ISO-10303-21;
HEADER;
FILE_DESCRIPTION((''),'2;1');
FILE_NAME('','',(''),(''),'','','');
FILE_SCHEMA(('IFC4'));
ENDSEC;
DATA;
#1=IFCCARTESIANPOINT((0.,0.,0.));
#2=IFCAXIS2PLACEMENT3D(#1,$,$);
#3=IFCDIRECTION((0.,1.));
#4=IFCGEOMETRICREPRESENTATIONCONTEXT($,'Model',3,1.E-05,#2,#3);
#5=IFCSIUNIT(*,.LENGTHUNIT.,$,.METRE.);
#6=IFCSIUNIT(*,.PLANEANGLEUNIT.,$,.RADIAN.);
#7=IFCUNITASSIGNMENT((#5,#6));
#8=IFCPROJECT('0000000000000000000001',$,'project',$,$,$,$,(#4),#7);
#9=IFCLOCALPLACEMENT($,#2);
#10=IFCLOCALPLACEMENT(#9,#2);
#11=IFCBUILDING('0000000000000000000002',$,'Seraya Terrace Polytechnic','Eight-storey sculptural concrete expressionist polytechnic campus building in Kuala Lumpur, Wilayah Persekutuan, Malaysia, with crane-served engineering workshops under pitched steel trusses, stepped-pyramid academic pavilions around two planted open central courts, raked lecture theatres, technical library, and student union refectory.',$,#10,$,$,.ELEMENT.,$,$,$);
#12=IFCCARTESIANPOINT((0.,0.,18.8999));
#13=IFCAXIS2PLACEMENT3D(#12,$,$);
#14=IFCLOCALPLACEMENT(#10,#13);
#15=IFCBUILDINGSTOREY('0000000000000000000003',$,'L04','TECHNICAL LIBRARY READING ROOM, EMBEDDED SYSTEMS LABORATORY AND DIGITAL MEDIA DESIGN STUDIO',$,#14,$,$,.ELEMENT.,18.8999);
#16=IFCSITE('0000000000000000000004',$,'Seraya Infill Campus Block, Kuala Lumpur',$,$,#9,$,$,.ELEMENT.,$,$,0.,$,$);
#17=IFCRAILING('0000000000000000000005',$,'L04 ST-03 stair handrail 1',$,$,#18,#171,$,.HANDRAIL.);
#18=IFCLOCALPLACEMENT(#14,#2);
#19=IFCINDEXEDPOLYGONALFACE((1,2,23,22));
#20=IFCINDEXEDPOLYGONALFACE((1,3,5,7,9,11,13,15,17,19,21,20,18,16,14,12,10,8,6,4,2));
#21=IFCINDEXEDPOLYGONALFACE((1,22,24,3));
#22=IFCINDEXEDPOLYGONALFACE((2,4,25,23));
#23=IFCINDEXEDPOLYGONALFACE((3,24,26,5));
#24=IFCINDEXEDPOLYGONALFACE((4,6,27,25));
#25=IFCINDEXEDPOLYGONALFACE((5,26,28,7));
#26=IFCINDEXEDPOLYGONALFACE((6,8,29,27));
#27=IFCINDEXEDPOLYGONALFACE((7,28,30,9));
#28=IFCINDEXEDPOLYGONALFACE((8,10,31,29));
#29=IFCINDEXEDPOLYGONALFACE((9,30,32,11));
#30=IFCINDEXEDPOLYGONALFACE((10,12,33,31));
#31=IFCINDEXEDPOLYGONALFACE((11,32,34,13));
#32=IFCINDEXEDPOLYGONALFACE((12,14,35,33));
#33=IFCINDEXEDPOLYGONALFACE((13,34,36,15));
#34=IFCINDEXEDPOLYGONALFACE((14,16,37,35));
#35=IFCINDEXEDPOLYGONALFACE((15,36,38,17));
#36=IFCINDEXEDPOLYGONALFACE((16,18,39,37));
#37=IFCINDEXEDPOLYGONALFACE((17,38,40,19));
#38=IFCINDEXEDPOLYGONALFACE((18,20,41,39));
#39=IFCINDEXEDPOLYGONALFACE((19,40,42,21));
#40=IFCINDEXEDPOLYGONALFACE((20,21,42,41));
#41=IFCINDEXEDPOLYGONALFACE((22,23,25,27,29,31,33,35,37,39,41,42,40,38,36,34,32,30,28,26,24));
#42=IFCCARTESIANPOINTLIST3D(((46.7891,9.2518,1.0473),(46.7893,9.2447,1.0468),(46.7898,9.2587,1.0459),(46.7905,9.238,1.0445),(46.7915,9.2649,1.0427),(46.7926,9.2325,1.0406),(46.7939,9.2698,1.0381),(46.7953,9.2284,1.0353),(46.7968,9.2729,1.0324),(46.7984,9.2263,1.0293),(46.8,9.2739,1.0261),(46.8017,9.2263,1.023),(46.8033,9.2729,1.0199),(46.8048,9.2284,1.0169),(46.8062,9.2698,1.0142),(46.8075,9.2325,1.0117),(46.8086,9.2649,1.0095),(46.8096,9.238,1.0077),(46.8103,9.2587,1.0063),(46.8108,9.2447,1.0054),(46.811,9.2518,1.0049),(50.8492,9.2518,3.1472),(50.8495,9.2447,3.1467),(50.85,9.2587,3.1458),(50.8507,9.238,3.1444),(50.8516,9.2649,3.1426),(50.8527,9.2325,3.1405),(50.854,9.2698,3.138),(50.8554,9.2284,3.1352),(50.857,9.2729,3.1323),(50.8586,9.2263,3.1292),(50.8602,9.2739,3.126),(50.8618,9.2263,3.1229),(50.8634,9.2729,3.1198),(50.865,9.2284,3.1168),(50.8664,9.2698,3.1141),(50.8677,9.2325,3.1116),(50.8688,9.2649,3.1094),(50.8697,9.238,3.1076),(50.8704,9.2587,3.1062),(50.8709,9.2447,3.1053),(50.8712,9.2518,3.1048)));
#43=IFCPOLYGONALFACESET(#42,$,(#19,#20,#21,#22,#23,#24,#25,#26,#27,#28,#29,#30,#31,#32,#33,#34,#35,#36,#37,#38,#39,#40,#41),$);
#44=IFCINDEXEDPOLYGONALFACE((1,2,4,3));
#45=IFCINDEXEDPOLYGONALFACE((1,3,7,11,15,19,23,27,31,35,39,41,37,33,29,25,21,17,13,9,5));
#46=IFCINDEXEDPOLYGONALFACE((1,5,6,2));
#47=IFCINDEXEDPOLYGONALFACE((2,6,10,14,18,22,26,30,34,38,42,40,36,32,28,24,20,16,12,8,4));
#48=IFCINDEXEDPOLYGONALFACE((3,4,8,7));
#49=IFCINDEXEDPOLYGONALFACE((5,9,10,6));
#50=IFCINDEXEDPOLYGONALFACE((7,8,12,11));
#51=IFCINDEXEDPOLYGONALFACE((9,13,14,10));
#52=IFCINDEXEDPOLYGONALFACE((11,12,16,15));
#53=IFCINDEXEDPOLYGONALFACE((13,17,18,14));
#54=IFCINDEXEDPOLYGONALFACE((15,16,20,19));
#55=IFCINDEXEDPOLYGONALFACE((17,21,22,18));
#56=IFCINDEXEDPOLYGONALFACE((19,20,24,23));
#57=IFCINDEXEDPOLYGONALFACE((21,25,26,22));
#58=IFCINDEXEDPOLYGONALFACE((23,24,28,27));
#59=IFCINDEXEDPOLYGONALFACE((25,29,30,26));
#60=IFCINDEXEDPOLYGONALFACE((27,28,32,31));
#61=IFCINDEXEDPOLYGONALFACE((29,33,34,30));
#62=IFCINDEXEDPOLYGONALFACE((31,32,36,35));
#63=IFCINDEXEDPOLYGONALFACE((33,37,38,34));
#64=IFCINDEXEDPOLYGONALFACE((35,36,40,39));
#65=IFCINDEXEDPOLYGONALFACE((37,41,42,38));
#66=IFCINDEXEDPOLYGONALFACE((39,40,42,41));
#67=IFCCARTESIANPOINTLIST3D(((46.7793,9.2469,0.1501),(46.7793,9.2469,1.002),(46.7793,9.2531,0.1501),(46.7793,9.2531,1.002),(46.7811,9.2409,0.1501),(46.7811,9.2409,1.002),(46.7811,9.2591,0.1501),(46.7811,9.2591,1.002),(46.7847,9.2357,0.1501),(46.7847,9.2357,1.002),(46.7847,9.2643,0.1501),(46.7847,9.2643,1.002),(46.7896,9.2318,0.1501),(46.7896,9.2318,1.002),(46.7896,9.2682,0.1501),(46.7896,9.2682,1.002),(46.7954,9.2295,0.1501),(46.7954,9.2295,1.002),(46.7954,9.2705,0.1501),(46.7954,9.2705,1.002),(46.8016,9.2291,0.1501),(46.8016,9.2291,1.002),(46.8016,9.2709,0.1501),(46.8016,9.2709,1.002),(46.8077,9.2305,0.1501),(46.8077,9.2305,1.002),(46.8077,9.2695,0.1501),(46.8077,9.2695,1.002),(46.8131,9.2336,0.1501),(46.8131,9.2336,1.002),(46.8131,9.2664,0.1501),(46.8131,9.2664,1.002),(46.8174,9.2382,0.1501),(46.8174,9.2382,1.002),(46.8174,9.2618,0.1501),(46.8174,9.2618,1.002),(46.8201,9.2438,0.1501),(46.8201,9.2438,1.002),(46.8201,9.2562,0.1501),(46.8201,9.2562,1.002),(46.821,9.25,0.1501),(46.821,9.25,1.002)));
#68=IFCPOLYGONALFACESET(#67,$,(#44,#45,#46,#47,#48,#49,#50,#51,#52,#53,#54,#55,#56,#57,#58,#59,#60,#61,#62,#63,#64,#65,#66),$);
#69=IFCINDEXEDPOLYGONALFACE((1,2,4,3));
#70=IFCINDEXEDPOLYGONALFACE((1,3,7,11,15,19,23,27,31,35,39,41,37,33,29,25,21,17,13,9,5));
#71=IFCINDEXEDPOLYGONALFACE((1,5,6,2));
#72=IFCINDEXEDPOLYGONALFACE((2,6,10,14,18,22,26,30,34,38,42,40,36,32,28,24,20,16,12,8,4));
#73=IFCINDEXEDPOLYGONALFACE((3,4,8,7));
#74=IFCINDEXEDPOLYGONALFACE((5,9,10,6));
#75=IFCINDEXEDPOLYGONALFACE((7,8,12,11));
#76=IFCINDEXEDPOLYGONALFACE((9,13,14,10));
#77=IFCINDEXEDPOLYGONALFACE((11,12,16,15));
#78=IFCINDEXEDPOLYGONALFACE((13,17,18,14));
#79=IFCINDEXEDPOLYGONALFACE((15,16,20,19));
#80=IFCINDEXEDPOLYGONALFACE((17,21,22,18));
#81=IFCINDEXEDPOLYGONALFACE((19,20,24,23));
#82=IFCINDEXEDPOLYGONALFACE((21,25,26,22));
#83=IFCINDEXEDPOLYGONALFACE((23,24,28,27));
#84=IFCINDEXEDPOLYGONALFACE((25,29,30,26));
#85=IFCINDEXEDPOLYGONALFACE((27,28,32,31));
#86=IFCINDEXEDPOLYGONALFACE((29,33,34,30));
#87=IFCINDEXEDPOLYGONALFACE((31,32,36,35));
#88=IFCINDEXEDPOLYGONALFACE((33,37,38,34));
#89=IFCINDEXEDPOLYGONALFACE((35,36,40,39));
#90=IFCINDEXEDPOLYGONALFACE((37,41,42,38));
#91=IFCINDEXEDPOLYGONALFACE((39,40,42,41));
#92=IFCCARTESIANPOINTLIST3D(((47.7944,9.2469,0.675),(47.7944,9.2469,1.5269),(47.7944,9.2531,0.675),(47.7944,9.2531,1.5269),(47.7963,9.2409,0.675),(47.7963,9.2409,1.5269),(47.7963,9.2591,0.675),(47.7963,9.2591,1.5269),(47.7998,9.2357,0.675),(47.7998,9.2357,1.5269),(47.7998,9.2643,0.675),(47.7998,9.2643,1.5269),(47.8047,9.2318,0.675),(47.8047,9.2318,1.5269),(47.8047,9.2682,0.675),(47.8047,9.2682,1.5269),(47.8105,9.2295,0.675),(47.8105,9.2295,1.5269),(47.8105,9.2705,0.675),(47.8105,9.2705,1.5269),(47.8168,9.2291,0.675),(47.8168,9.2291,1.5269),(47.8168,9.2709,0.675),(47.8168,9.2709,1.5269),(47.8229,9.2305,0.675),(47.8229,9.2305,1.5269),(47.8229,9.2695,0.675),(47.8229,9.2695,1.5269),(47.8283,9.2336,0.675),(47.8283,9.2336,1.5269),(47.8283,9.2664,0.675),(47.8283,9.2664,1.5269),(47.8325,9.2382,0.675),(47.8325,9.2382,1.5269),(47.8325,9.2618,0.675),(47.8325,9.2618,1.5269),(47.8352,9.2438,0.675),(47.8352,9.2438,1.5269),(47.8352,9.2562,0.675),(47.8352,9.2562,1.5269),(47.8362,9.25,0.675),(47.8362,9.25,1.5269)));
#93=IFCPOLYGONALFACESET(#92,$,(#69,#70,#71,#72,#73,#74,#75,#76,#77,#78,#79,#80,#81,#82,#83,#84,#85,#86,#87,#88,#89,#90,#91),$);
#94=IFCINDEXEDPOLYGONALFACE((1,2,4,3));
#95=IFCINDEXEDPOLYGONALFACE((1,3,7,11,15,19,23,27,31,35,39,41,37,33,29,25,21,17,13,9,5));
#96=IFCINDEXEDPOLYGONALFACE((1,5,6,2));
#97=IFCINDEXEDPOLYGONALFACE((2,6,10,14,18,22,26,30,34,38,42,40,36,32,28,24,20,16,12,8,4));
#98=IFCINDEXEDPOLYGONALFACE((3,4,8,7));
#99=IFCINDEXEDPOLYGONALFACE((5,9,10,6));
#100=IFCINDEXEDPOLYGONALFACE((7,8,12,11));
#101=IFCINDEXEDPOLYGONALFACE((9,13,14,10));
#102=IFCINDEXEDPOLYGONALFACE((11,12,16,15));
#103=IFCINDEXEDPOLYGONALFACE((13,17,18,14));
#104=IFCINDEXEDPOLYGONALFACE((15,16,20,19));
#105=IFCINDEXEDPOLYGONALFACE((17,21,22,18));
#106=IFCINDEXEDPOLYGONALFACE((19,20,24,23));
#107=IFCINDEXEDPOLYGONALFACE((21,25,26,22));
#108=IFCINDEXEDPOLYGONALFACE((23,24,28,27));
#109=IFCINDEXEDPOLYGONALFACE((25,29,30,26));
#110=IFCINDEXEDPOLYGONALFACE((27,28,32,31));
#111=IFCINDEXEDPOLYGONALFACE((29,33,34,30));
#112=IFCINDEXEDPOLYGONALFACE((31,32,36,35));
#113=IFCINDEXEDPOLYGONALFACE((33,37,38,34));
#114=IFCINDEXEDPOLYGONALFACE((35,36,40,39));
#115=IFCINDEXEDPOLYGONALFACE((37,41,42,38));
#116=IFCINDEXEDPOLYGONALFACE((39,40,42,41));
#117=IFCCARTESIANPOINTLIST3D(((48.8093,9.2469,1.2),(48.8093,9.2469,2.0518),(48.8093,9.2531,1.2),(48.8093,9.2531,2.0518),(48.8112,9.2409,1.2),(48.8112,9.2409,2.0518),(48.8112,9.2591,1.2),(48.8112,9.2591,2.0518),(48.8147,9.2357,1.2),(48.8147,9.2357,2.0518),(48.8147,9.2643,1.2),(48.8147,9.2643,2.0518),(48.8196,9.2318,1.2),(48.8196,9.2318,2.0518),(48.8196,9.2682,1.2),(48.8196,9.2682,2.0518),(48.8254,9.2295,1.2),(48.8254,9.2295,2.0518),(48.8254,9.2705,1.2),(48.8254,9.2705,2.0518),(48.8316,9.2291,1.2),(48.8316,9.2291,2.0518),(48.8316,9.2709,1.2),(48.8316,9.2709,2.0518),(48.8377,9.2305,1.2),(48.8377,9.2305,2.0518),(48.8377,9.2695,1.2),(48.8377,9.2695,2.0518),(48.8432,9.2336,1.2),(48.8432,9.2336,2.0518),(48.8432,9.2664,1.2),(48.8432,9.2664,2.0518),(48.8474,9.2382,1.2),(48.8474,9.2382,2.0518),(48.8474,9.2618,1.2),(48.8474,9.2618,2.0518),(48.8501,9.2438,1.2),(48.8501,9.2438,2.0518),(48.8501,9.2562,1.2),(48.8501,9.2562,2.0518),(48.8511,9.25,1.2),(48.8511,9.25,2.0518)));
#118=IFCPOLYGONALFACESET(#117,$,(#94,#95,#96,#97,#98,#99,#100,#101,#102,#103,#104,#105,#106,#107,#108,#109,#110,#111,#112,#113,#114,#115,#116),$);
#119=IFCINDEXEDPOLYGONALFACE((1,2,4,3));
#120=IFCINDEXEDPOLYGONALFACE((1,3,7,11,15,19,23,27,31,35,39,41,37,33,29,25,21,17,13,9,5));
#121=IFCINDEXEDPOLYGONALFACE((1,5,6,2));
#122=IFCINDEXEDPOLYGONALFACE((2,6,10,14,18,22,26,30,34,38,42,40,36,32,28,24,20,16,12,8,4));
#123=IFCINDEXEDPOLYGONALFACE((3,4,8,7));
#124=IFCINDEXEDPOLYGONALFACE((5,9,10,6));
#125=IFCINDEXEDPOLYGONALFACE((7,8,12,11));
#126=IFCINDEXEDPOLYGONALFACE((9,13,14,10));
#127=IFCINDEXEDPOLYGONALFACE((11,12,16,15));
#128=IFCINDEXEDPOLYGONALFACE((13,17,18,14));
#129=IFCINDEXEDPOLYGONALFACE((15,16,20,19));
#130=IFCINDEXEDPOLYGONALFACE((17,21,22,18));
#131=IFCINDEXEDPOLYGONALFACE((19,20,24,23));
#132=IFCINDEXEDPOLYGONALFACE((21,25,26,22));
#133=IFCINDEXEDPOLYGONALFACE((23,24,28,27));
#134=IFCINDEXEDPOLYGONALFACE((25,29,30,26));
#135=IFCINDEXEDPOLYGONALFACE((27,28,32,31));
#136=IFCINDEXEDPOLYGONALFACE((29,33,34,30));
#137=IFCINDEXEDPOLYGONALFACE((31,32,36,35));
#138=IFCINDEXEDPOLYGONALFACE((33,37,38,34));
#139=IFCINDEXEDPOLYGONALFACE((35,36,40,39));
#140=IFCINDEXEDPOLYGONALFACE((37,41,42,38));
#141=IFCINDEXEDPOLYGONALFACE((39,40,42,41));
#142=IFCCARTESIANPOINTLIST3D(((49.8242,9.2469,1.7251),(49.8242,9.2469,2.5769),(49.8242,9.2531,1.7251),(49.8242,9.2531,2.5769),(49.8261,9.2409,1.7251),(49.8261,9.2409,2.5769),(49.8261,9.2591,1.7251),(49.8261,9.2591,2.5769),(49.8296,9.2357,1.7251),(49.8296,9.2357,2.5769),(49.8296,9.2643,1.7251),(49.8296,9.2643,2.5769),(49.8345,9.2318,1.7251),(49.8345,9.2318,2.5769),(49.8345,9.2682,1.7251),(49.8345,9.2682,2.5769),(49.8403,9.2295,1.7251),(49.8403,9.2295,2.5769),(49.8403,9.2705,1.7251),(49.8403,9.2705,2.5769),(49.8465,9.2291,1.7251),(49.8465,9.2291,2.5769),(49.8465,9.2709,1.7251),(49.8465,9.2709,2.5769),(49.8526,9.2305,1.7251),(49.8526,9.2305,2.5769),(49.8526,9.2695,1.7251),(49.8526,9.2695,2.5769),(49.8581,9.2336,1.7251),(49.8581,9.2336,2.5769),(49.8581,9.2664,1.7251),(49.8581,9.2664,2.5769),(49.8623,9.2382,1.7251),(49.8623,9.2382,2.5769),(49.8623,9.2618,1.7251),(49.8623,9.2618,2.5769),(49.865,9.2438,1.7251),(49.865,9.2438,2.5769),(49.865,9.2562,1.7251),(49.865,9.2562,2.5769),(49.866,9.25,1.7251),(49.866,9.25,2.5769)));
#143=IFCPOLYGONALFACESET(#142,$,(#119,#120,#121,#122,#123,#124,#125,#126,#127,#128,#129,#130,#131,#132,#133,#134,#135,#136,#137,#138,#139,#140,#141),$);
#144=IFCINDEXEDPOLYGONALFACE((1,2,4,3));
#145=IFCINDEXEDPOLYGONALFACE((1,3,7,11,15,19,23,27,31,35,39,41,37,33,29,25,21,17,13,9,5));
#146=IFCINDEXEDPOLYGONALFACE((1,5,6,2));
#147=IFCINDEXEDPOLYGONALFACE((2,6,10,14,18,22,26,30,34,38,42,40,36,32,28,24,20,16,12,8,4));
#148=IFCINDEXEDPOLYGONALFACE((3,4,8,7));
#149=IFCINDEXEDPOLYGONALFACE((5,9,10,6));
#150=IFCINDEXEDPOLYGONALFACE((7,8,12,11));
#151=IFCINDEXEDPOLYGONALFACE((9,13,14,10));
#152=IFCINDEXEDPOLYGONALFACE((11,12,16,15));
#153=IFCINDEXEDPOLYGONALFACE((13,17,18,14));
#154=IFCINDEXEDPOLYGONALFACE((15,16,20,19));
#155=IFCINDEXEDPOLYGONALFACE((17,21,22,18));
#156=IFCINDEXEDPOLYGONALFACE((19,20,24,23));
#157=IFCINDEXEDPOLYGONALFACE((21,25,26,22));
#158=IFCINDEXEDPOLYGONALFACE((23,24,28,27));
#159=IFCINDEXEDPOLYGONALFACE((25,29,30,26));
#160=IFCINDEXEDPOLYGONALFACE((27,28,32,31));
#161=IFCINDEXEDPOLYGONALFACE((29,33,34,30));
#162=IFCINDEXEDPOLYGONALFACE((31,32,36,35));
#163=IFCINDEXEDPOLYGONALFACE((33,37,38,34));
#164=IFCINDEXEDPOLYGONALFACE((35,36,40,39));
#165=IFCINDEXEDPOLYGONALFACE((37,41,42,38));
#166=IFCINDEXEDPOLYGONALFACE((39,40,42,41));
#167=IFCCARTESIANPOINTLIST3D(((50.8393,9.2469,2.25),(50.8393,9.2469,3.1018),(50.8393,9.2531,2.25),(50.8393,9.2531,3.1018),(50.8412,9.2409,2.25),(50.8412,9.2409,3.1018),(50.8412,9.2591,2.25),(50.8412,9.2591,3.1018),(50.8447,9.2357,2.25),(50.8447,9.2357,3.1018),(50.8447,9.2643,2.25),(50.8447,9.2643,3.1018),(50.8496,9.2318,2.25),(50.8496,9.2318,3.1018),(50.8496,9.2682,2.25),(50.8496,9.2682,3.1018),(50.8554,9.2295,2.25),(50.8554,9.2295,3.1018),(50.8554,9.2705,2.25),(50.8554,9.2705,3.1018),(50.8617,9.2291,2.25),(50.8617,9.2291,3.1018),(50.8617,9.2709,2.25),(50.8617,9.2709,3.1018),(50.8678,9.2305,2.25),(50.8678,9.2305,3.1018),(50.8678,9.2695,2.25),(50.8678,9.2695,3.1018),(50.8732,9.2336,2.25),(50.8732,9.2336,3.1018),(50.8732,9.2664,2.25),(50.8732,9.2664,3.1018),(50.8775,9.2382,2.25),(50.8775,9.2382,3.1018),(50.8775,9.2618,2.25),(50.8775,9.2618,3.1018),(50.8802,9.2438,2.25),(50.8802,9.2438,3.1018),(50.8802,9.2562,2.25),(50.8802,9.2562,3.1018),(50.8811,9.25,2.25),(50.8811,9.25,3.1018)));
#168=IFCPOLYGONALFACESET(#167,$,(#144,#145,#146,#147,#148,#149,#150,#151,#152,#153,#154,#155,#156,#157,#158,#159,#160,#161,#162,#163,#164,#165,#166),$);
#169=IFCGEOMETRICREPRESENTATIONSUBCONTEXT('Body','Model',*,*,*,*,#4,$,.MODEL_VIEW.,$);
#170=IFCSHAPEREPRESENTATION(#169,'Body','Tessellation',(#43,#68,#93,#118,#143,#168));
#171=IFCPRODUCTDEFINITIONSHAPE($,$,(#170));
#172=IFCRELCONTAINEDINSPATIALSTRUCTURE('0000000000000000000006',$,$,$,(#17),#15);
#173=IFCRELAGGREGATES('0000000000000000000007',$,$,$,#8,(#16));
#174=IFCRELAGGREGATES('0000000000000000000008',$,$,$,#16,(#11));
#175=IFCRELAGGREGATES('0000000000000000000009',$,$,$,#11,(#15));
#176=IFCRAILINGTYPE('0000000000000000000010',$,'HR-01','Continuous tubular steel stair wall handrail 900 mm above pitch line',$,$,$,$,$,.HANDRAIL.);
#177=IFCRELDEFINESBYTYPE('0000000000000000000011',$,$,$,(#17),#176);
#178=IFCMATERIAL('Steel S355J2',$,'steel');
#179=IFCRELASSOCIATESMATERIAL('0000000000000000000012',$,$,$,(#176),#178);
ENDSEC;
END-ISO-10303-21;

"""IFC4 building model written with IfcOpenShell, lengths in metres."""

from ifc_helpers import new_model, si_unit, direction, frame, origin, origin_2d, place, context, subcontext, project, spatial, circle, extrude, material, type_object, element, save


model = new_model("IFC4")

# Units and contexts
model_context = context("Model", 3, precision=1e-05, world=origin(), true_north=direction((0.0, 1.0)))
body_context = subcontext(model_context, "Body", "Model", "MODEL_VIEW")
ifc_project = project(units=[si_unit("LENGTHUNIT", "METRE"), si_unit("PLANEANGLEUNIT", "RADIAN")], contexts=[model_context])

# Site, building, storey
site_placement = place(None, origin())
site = spatial("IfcSite", under=ifc_project, at=site_placement, Name="Seraya Infill Campus Block, Kuala Lumpur", CompositionType="ELEMENT", RefElevation=0.0)
building_placement = place(site_placement, origin())
building = spatial("IfcBuilding", under=site, at=building_placement, Name="Seraya Terrace Polytechnic", Description="Eight-storey sculptural concrete expressionist polytechnic campus building in Kuala Lumpur, Wilayah Persekutuan, Malaysia, with crane-served engineering workshops under pitched steel trusses, stepped-pyramid academic pavilions around two planted open central courts, raked lecture theatres, technical library, and student union refectory.", CompositionType="ELEMENT")
storey_placement = place(building_placement, frame((0.0, 0.0, 18.8999)))
storey = spatial("IfcBuildingStorey", under=building, at=storey_placement, Name="L04", Description="TECHNICAL LIBRARY READING ROOM, EMBEDDED SYSTEMS LABORATORY AND DIGITAL MEDIA DESIGN STUDIO", CompositionType="ELEMENT", Elevation=18.8999)

# Shared definitions
ifc_material_1 = material(Name="Steel S355J2", Category="steel")

# Railing
railing_type = type_object("IfcRailingType", Name="HR-01", Description="Continuous tubular steel stair wall handrail 900 mm above pitch line", PredefinedType="HANDRAIL", material=ifc_material_1)
railing_placement = place(storey_placement, frame((46.8, 9.25, 0.1501)))
element("IfcRailing", 1, at=railing_placement, inside=storey, type_object=railing_type, Name="L04 ST-03 stair handrail 1", PredefinedType="HANDRAIL", context=body_context, shape_type="SweptSolid", body=[
    extrude(circle(Radius=0.0239, at=origin_2d()), frame((0.0, 0.0, 0.876), z_axis=(0.888233, 0.0, 0.459392), x_axis=(0.0, 1.0, 0.0)), (0.0, 0.0, 1.0), 4.571),
    extrude(circle(Radius=0.021, at=origin_2d()), origin(), (0.0, 0.0, 1.0), 0.8518),
    extrude(circle(Radius=0.021, at=origin_2d()), frame((1.0151, 0.0, 0.5249)), (0.0, 0.0, 1.0), 0.8518),
    extrude(circle(Radius=0.021, at=origin_2d()), frame((2.03, 0.0, 1.0498)), (0.0, 0.0, 1.0), 0.8518),
    extrude(circle(Radius=0.021, at=origin_2d()), frame((3.0449, 0.0, 1.575)), (0.0, 0.0, 1.0), 0.8518),
    extrude(circle(Radius=0.021, at=origin_2d()), frame((4.0601, 0.0, 2.0999)), (0.0, 0.0, 1.0), 0.8518),
])

save(model, "model.ifc")
